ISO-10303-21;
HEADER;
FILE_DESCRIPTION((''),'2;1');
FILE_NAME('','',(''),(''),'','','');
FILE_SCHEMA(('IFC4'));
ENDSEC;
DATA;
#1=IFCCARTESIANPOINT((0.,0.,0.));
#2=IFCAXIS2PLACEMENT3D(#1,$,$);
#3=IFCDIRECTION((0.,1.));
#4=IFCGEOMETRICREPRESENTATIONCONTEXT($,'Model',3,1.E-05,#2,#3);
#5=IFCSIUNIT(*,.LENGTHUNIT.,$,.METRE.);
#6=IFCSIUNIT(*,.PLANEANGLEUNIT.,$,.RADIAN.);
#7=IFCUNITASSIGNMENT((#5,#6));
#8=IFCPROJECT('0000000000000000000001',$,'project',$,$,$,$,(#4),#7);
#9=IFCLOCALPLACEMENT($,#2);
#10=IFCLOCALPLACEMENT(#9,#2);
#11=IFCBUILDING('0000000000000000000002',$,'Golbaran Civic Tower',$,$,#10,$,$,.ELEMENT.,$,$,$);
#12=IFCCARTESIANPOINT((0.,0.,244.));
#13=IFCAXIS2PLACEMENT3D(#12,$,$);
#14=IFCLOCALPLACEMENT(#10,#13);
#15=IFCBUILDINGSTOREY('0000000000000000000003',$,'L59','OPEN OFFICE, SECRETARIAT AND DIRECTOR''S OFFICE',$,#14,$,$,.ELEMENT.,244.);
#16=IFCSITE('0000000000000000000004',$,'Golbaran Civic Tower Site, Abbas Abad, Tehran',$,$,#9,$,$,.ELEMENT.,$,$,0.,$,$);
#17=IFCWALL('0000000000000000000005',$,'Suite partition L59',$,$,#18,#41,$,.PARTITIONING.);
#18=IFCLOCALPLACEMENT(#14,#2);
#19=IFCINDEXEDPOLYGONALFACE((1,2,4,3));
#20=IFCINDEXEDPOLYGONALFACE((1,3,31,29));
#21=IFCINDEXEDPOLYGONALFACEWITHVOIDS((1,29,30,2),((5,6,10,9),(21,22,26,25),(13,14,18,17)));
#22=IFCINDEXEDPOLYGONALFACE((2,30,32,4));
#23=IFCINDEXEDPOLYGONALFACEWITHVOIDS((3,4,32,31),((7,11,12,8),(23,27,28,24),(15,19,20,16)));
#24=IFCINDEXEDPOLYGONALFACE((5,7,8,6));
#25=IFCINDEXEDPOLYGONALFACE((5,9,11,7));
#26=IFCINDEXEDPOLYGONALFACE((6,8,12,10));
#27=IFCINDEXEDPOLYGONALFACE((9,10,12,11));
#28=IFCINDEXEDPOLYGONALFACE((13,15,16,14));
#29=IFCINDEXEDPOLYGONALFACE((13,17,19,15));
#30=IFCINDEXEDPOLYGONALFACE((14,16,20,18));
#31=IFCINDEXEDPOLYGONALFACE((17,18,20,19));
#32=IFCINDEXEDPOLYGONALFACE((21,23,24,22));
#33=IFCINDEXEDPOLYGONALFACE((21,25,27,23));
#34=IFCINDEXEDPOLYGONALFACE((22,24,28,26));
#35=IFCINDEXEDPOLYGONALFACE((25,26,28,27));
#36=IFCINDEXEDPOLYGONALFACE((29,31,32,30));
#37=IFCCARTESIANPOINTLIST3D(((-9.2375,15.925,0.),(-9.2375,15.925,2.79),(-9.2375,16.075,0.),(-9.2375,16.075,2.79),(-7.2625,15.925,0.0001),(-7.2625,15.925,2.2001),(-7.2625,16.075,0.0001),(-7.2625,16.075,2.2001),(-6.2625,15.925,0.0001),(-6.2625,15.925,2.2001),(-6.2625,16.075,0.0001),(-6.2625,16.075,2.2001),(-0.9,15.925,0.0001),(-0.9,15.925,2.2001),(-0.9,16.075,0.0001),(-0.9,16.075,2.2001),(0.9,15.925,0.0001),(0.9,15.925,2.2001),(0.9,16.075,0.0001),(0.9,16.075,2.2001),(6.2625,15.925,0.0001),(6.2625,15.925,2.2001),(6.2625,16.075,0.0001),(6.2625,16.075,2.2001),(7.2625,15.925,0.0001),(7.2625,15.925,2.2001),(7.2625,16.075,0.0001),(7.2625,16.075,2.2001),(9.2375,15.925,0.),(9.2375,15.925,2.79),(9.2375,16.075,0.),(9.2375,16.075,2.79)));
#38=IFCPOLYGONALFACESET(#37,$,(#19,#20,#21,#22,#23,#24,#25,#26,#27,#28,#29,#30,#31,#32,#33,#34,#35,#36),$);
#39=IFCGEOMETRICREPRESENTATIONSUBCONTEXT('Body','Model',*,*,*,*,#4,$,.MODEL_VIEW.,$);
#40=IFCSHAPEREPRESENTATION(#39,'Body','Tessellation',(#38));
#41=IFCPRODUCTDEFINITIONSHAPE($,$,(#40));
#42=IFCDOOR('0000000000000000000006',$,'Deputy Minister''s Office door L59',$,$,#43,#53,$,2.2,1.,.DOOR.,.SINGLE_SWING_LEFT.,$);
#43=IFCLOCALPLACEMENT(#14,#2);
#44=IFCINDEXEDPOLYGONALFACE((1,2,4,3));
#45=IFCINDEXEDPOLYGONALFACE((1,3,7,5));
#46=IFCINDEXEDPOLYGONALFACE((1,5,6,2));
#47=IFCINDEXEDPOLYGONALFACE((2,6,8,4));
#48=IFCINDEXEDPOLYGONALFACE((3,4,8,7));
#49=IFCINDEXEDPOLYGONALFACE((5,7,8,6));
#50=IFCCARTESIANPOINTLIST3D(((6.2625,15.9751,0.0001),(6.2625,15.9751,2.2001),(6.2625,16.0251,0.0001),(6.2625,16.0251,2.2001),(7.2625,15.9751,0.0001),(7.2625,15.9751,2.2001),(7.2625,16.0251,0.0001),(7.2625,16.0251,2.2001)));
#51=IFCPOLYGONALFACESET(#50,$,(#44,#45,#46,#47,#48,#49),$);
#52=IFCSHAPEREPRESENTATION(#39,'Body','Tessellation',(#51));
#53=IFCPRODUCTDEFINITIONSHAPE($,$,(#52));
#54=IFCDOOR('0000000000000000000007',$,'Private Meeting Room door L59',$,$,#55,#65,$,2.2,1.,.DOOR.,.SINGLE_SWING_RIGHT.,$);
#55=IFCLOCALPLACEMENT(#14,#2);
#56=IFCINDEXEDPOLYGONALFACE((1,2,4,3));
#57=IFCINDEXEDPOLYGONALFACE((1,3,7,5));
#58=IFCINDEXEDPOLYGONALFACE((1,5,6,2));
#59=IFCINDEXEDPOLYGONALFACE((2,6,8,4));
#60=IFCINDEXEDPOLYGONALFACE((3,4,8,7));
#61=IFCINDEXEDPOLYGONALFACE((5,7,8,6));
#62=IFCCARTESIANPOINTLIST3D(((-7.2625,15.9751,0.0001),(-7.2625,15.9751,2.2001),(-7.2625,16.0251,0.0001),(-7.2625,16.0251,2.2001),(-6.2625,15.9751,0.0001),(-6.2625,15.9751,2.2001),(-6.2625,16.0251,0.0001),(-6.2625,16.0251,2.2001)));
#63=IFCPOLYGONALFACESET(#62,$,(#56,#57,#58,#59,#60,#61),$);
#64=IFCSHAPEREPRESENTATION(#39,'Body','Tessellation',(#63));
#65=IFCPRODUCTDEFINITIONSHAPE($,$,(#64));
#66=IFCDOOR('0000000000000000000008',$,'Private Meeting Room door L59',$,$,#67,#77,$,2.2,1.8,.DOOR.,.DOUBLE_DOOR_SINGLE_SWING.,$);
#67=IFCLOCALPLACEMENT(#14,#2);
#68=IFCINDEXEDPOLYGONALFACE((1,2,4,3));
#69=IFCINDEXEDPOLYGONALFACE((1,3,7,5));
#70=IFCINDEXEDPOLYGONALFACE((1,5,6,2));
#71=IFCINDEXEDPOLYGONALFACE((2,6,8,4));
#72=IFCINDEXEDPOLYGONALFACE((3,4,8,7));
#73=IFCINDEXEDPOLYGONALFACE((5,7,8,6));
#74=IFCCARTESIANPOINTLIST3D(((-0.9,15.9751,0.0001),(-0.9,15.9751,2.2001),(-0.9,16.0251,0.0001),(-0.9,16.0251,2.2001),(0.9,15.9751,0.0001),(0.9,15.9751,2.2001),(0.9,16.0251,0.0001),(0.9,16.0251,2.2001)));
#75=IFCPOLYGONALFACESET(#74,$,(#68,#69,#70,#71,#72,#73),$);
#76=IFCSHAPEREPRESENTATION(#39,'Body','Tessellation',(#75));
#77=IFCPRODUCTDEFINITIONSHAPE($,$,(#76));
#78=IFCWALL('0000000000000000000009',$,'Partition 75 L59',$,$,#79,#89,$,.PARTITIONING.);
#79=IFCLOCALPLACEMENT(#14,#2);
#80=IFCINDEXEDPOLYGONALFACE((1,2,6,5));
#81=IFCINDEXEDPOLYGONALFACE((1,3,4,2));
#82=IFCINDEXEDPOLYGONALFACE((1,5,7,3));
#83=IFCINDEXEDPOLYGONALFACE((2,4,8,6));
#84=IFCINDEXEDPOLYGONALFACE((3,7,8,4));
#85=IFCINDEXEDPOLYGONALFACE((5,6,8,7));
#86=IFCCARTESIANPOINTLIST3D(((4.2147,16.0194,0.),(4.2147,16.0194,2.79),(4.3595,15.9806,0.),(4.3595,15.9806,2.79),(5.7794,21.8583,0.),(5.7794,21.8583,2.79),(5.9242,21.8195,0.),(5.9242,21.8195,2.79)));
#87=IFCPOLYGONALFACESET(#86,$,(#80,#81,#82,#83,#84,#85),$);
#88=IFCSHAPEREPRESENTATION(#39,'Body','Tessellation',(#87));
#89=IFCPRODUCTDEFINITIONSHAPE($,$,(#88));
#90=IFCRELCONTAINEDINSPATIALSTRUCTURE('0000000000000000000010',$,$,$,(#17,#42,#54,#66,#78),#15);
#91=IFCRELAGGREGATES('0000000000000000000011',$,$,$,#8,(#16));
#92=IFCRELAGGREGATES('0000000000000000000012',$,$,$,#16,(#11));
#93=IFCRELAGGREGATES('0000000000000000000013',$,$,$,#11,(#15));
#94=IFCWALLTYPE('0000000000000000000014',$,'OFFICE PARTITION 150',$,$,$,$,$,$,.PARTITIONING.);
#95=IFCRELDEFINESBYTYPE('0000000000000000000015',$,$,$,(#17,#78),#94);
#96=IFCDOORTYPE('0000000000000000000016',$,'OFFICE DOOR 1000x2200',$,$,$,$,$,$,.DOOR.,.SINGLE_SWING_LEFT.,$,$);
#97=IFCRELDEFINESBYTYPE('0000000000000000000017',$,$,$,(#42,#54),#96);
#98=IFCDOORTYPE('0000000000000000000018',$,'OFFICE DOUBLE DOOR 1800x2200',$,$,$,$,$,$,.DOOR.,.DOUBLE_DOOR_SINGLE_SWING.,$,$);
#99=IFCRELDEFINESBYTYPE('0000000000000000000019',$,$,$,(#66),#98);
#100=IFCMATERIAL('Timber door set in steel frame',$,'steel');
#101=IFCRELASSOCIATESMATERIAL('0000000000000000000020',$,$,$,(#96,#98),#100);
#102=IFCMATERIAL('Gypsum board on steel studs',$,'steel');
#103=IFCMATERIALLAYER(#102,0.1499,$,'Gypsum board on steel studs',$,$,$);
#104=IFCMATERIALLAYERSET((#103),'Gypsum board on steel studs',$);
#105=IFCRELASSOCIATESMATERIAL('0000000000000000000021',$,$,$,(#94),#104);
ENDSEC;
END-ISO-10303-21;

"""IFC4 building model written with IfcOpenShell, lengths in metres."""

from ifc_helpers import new_model, si_unit, direction, frame, frame_2d, origin, place, context, subcontext, project, spatial, rectangle, extrude, material, layer, layer_set, type_object, element, fill, save


model = new_model("IFC4")

# Units and contexts
model_context = context("Model", 3, precision=1e-05, world=origin(), true_north=direction((0.0, 1.0)))
body_context = subcontext(model_context, "Body", "Model", "MODEL_VIEW")
ifc_project = project(units=[si_unit("LENGTHUNIT", "METRE"), si_unit("PLANEANGLEUNIT", "RADIAN")], contexts=[model_context])

# Site, building, storey
site_placement = place(None, origin())
site = spatial("IfcSite", under=ifc_project, at=site_placement, Name="Golbaran Civic Tower Site, Abbas Abad, Tehran", CompositionType="ELEMENT", RefElevation=0.0)
building_placement = place(site_placement, origin())
building = spatial("IfcBuilding", under=site, at=building_placement, Name="Golbaran Civic Tower", CompositionType="ELEMENT")
storey_placement = place(building_placement, frame((0.0, 0.0, 244.0)))
storey = spatial("IfcBuildingStorey", under=building, at=storey_placement, Name="L59", Description="OPEN OFFICE, SECRETARIAT AND DIRECTOR'S OFFICE", CompositionType="ELEMENT", Elevation=244.0)

# Shared definitions
ifc_material_1 = material(Name="Timber door set in steel frame", Category="steel")
door_type_1 = type_object("IfcDoorType", Name="OFFICE DOOR 1000x2200", OperationType="SINGLE_SWING_LEFT", PredefinedType="DOOR", material=ifc_material_1)
door_type_2 = type_object("IfcDoorType", Name="OFFICE DOUBLE DOOR 1800x2200", OperationType="DOUBLE_DOOR_SINGLE_SWING", PredefinedType="DOOR", material=ifc_material_1)

# Shared definitions
ifc_material_2 = material(Name="Gypsum board on steel studs", Category="steel")
ifc_layer_1 = layer(ifc_material_2, 0.1499, Name="Gypsum board on steel studs")
ifc_layer_set_1 = layer_set([ifc_layer_1], Name="Gypsum board on steel studs")
wall_type_1 = type_object("IfcWallType", Name="OFFICE PARTITION 150", PredefinedType="PARTITIONING", material=ifc_layer_set_1)

# Wall, openings, doors
wall_1_placement = place(storey_placement, frame((9.2375, 16.0, 0.0), z_axis=(0.0, 0.0, 1.0), x_axis=(-1.0, 0.0, 0.0)))
wall_1 = element("IfcWall", 1, at=wall_1_placement, inside=storey, type_object=wall_type_1, Name="Suite partition L59", PredefinedType="PARTITIONING", context=body_context, shape_type="SweptSolid", body=[
    extrude(rectangle(XDim=18.4751, YDim=0.1499, at=frame_2d((9.2375, 0.0))), origin(), (0.0, 0.0, 1.0), 2.79),
])
opening_1_placement = place(wall_1_placement, frame((1.9751, 0.0, 0.0)))
opening_1 = element("IfcOpeningElement", 2, at=opening_1_placement, cuts=wall_1, PredefinedType="OPENING", context=body_context, shape_type="SweptSolid", body=[
    extrude(rectangle(XDim=1.0, YDim=2.2, at=frame_2d((0.5, 1.1001))), frame((0.0, 0.085, 0.0), z_axis=(0.0, -1.0, 0.0), x_axis=(1.0, 0.0, 0.0)), (0.0, 0.0, 1.0), 0.1699),
])
opening_2_placement = place(wall_1_placement, frame((8.3376, 0.0, 0.0)))
opening_2 = element("IfcOpeningElement", 3, at=opening_2_placement, cuts=wall_1, PredefinedType="OPENING", context=body_context, shape_type="SweptSolid", body=[
    extrude(rectangle(XDim=1.8, YDim=2.2, at=frame_2d((0.8999, 1.1001))), frame((0.0, 0.085, 0.0), z_axis=(0.0, -1.0, 0.0), x_axis=(1.0, 0.0, 0.0)), (0.0, 0.0, 1.0), 0.1699),
])
opening_3_placement = place(wall_1_placement, frame((15.5, 0.0, 0.0)))
opening_3 = element("IfcOpeningElement", 4, at=opening_3_placement, cuts=wall_1, PredefinedType="OPENING", context=body_context, shape_type="SweptSolid", body=[
    extrude(rectangle(XDim=1.0, YDim=2.2, at=frame_2d((0.5, 1.1001))), frame((0.0, 0.085, 0.0), z_axis=(0.0, -1.0, 0.0), x_axis=(1.0, 0.0, 0.0)), (0.0, 0.0, 1.0), 0.1699),
])
door_1_placement = place(opening_1_placement, origin())
door_1 = element("IfcDoor", 5, at=door_1_placement, inside=storey, type_object=door_type_1, Name="Deputy Minister's Office door L59", OperationType="SINGLE_SWING_LEFT", OverallHeight=2.2, OverallWidth=1.0, PredefinedType="DOOR", context=body_context, shape_type="SweptSolid", body=[
    extrude(rectangle(XDim=1.0, YDim=2.2, at=frame_2d((0.5, 1.1001))), frame((0.0, 0.0249, 0.0), z_axis=(0.0, -1.0, 0.0), x_axis=(1.0, 0.0, 0.0)), (0.0, 0.0, 1.0), 0.05),
])
fill(opening_1, door_1)
door_2_placement = place(opening_3_placement, origin())
door_2 = element("IfcDoor", 6, at=door_2_placement, inside=storey, type_object=door_type_1, Name="Private Meeting Room door L59", OperationType="SINGLE_SWING_RIGHT", OverallHeight=2.2, OverallWidth=1.0, PredefinedType="DOOR", context=body_context, shape_type="SweptSolid", body=[
    extrude(rectangle(XDim=1.0, YDim=2.2, at=frame_2d((0.5, 1.1001))), frame((0.0, 0.0249, 0.0), z_axis=(0.0, -1.0, 0.0), x_axis=(1.0, 0.0, 0.0)), (0.0, 0.0, 1.0), 0.05),
])
fill(opening_3, door_2)
door_3_placement = place(opening_2_placement, origin())
door_3 = element("IfcDoor", 7, at=door_3_placement, inside=storey, type_object=door_type_2, Name="Private Meeting Room door L59", OperationType="DOUBLE_DOOR_SINGLE_SWING", OverallHeight=2.2, OverallWidth=1.8, PredefinedType="DOOR", context=body_context, shape_type="SweptSolid", body=[
    extrude(rectangle(XDim=1.8, YDim=2.2, at=frame_2d((0.8999, 1.1001))), frame((0.0, 0.0249, 0.0), z_axis=(0.0, -1.0, 0.0), x_axis=(1.0, 0.0, 0.0)), (0.0, 0.0, 1.0), 0.05),
])
fill(opening_2, door_3)

# Wall
wall_2_placement = place(storey_placement, frame((4.2871, 16.0, 0.0), z_axis=(0.0, 0.0, 1.0), x_axis=(0.258846, 0.965918, 0.0)))
element("IfcWall", 8, at=wall_2_placement, inside=storey, type_object=wall_type_1, Name="Partition 75 L59", PredefinedType="PARTITIONING", context=body_context, shape_type="SweptSolid", body=[
    extrude(rectangle(XDim=6.0449, YDim=0.1499, at=frame_2d((3.0225, 0.0))), origin(), (0.0, 0.0, 1.0), 2.79),
])

save(model, "model.ifc")
